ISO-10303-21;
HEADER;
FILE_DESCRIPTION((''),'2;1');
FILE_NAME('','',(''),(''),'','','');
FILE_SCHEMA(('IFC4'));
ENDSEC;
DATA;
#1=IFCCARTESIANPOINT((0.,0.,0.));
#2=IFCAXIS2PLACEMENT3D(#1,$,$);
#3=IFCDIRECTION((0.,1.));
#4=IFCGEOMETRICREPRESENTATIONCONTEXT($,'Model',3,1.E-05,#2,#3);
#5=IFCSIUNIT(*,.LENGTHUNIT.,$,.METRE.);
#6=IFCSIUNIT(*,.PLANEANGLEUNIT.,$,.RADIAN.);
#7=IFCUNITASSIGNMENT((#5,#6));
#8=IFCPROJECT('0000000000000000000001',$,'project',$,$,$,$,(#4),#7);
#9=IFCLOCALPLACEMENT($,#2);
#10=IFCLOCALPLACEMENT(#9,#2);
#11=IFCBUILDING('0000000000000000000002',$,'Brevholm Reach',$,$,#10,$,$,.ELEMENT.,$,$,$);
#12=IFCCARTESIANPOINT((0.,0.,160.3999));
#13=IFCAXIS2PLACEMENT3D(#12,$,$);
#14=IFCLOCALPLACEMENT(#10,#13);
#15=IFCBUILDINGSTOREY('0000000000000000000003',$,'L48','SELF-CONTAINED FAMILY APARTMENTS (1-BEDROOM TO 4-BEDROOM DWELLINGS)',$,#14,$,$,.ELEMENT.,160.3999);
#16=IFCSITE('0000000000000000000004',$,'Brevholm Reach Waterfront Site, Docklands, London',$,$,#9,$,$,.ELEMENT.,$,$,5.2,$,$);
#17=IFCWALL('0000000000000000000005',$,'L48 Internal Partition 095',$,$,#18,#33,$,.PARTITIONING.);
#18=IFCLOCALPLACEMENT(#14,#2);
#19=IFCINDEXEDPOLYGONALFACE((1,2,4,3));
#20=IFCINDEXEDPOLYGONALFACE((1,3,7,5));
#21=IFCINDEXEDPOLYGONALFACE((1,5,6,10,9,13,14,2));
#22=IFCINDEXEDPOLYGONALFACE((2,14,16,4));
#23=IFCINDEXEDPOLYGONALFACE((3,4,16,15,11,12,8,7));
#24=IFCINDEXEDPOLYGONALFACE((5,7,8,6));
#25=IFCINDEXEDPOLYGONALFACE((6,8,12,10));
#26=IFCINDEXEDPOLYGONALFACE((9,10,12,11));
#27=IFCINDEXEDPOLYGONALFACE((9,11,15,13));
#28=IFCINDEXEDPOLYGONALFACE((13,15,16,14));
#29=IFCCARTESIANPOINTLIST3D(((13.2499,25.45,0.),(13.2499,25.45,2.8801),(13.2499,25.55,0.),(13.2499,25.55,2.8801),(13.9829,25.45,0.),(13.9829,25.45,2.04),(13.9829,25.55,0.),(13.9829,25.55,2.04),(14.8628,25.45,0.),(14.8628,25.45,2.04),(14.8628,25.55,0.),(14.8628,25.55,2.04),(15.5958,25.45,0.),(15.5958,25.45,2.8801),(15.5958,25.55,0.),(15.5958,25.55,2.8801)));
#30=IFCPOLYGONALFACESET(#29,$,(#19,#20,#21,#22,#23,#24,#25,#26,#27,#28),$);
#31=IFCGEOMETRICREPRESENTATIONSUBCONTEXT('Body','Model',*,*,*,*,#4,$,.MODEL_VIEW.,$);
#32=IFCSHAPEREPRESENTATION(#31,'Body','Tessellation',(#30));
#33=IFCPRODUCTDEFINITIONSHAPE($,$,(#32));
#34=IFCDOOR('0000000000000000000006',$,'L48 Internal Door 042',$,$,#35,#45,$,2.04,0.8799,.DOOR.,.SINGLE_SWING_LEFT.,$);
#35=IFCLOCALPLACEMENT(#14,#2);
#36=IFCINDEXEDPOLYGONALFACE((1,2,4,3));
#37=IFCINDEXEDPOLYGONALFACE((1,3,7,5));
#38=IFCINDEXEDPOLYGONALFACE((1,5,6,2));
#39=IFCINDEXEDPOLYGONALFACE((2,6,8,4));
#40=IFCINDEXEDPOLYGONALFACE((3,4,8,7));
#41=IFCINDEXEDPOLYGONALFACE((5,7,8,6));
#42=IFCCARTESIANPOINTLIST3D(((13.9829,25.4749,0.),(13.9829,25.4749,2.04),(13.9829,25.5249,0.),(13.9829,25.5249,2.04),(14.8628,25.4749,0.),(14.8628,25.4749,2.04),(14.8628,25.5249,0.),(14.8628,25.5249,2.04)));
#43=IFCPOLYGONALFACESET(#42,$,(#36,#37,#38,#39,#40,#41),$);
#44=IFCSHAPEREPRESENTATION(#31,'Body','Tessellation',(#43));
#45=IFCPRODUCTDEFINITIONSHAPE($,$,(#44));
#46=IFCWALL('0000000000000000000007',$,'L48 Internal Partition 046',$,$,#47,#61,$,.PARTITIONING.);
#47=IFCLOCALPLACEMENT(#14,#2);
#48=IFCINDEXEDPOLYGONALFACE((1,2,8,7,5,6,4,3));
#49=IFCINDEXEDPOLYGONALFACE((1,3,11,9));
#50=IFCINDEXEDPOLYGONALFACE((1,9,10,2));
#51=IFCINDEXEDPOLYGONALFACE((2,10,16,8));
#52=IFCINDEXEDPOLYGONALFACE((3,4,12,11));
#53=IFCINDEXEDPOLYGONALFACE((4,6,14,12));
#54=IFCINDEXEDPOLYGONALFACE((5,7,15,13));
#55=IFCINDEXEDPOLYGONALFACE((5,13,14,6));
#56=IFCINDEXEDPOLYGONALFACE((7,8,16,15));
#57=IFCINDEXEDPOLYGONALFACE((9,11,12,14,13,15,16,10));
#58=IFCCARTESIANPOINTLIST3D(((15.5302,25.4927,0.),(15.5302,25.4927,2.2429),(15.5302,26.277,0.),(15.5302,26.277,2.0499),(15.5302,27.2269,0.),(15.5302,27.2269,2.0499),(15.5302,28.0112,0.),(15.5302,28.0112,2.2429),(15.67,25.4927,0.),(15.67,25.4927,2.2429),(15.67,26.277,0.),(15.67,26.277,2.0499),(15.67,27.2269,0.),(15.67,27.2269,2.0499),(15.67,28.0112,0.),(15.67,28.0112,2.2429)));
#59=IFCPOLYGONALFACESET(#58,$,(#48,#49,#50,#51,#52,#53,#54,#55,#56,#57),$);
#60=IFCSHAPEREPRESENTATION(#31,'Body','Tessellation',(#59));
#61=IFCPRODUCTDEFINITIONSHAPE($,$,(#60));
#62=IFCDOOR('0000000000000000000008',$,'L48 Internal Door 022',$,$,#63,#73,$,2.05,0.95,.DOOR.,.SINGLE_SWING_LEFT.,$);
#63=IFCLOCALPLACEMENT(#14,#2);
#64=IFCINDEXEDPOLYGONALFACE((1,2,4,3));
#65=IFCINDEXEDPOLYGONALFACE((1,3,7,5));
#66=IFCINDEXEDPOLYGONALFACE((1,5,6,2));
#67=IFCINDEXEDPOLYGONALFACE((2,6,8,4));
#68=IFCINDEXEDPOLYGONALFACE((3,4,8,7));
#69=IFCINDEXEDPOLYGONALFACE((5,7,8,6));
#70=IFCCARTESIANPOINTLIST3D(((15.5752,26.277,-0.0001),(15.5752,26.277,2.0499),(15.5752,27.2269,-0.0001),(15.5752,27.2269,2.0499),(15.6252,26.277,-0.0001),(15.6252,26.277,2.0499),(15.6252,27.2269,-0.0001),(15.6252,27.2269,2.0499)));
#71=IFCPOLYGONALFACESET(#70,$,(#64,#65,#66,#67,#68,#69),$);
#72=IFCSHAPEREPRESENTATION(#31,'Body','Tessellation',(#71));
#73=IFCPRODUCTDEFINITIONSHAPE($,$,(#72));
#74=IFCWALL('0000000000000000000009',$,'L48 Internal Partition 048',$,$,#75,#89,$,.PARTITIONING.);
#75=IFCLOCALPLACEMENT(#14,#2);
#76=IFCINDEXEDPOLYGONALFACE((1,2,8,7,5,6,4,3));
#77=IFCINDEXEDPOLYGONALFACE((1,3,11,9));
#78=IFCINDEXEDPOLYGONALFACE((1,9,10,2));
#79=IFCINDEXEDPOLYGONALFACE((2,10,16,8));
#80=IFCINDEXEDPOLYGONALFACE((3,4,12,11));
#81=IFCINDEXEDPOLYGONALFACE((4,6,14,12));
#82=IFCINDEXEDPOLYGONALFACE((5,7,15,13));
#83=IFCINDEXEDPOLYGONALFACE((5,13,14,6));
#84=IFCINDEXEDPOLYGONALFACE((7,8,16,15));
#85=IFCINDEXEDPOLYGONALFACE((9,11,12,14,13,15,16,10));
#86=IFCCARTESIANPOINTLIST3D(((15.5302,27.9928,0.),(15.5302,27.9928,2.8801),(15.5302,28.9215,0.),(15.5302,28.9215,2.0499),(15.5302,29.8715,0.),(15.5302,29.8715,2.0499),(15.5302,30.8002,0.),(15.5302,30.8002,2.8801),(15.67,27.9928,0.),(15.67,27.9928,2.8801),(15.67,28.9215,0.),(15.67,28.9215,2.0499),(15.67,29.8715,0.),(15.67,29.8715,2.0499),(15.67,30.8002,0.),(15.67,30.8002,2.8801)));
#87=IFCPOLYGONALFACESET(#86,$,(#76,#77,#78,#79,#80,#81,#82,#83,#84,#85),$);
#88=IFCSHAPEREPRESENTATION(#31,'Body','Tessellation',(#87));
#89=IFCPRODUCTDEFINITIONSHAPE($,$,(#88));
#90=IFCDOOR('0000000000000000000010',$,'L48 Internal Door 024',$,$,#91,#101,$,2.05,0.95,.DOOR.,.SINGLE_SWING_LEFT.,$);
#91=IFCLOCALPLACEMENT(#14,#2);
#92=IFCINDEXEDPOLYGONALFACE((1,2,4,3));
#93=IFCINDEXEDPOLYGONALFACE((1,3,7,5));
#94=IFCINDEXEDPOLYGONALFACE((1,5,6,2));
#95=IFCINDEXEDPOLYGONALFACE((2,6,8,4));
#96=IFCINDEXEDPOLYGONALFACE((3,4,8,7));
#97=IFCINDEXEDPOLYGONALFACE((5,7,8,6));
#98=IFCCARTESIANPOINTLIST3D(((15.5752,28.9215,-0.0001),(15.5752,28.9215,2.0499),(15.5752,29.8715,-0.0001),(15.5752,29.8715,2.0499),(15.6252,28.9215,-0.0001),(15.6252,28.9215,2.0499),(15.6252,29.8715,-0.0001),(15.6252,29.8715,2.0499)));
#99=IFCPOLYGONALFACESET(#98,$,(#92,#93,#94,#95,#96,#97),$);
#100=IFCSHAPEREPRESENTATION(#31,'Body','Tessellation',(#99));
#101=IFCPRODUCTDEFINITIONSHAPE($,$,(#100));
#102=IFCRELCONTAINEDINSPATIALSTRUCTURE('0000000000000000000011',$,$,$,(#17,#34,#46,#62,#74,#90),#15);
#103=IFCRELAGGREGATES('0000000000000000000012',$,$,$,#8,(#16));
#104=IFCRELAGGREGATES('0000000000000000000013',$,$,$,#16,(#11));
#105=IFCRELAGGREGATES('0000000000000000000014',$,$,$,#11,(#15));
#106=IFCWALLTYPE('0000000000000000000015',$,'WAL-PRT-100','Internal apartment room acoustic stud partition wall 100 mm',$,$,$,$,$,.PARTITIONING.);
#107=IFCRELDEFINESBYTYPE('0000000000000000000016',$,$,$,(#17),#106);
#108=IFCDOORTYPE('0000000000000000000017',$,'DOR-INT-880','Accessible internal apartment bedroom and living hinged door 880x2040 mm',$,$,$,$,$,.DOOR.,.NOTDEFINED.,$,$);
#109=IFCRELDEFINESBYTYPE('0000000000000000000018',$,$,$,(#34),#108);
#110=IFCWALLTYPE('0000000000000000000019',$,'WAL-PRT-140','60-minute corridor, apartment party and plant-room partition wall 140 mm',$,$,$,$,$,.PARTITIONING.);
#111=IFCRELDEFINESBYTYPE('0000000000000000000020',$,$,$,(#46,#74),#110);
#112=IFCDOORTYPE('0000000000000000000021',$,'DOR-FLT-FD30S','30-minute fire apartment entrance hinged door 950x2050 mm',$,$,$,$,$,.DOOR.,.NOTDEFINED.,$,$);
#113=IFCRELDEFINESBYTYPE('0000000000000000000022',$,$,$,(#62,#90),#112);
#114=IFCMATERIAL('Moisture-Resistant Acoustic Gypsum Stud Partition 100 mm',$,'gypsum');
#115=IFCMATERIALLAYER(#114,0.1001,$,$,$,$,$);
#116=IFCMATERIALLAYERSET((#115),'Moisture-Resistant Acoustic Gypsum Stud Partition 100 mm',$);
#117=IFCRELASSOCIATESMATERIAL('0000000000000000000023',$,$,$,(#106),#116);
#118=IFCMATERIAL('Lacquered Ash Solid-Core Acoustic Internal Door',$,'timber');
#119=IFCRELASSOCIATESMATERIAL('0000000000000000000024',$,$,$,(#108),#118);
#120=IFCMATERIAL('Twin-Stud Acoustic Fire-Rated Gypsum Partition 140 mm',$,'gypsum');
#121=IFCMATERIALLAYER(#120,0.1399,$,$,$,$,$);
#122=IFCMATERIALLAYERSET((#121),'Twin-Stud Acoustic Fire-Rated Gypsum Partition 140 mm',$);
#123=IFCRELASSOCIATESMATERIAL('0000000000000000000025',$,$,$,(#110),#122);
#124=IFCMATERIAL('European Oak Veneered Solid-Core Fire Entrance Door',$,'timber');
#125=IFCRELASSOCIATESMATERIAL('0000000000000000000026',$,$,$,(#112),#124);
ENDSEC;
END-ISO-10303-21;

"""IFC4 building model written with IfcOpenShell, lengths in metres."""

from ifc_helpers import new_model, si_unit, direction, frame, frame_2d, origin, place, context, subcontext, project, spatial, rectangle, extrude, material, layer, layer_set, type_object, element, fill, save


model = new_model("IFC4")

# Units and contexts
model_context = context("Model", 3, precision=1e-05, world=origin(), true_north=direction((0.0, 1.0)))
body_context = subcontext(model_context, "Body", "Model", "MODEL_VIEW")
ifc_project = project(units=[si_unit("LENGTHUNIT", "METRE"), si_unit("PLANEANGLEUNIT", "RADIAN")], contexts=[model_context])

# Site, building, storey
site_placement = place(None, origin())
site = spatial("IfcSite", under=ifc_project, at=site_placement, Name="Brevholm Reach Waterfront Site, Docklands, London", CompositionType="ELEMENT", RefElevation=5.2)
building_placement = place(site_placement, origin())
building = spatial("IfcBuilding", under=site, at=building_placement, Name="Brevholm Reach", CompositionType="ELEMENT")
storey_placement = place(building_placement, frame((0.0, 0.0, 160.3999)))
storey = spatial("IfcBuildingStorey", under=building, at=storey_placement, Name="L48", Description="SELF-CONTAINED FAMILY APARTMENTS (1-BEDROOM TO 4-BEDROOM DWELLINGS)", CompositionType="ELEMENT", Elevation=160.3999)

# Walls, openings, doors
ifc_material_1 = material(Name="Moisture-Resistant Acoustic Gypsum Stud Partition 100 mm", Category="gypsum")
ifc_layer_1 = layer(ifc_material_1, 0.1001)
ifc_layer_set_1 = layer_set([ifc_layer_1], Name="Moisture-Resistant Acoustic Gypsum Stud Partition 100 mm")
wall_type_1 = type_object("IfcWallType", Name="WAL-PRT-100", Description="Internal apartment room acoustic stud partition wall 100 mm", PredefinedType="PARTITIONING", material=ifc_layer_set_1)
wall_1_placement = place(storey_placement, frame((13.25, 25.5, 0.0), z_axis=(0.0, 0.0, 1.0), x_axis=(1.0, 0.0, 0.0)))
wall_1 = element("IfcWall", 1, at=wall_1_placement, inside=storey, type_object=wall_type_1, Name="L48 Internal Partition 095", PredefinedType="PARTITIONING", context=body_context, shape_type="SweptSolid", body=[
    extrude(rectangle(XDim=2.3459, YDim=0.1001, at=frame_2d((1.1729, 0.0))), origin(), (0.0, 0.0, 1.0), 2.8801),
])
opening_1_placement = place(wall_1_placement, frame((0.7329, 0.0, 0.0)))
opening_1 = element("IfcOpeningElement", 2, at=opening_1_placement, cuts=wall_1, PredefinedType="OPENING", context=body_context, shape_type="SweptSolid", body=[
    extrude(rectangle(XDim=0.8799, YDim=2.04, at=frame_2d((0.4399, 1.02))), frame((0.0, 0.0601, 0.0), z_axis=(0.0, -1.0, 0.0), x_axis=(1.0, 0.0, 0.0)), (0.0, 0.0, 1.0), 0.1201),
])
ifc_material_2 = material(Name="Lacquered Ash Solid-Core Acoustic Internal Door", Category="timber")
door_type_1 = type_object("IfcDoorType", Name="DOR-INT-880", Description="Accessible internal apartment bedroom and living hinged door 880x2040 mm", OperationType="NOTDEFINED", PredefinedType="DOOR", material=ifc_material_2)
door_1_placement = place(opening_1_placement, origin())
door_1 = element("IfcDoor", 3, at=door_1_placement, inside=storey, type_object=door_type_1, Name="L48 Internal Door 042", OperationType="SINGLE_SWING_LEFT", OverallHeight=2.04, OverallWidth=0.8799, PredefinedType="DOOR", context=body_context, shape_type="SweptSolid", body=[
    extrude(rectangle(XDim=0.8799, YDim=2.04, at=frame_2d((0.4399, 1.02))), frame((0.0, 0.0249, 0.0), z_axis=(0.0, -1.0, 0.0), x_axis=(1.0, 0.0, 0.0)), (0.0, 0.0, 1.0), 0.05),
])
fill(opening_1, door_1)
ifc_material_3 = material(Name="Twin-Stud Acoustic Fire-Rated Gypsum Partition 140 mm", Category="gypsum")
ifc_layer_2 = layer(ifc_material_3, 0.1399)
ifc_layer_set_2 = layer_set([ifc_layer_2], Name="Twin-Stud Acoustic Fire-Rated Gypsum Partition 140 mm")
wall_type_2 = type_object("IfcWallType", Name="WAL-PRT-140", Description="60-minute corridor, apartment party and plant-room partition wall 140 mm", PredefinedType="PARTITIONING", material=ifc_layer_set_2)
wall_2_placement = place(storey_placement, frame((15.6001, 25.4927, 0.0), z_axis=(0.0, 0.0, 1.0), x_axis=(0.0, 1.0, 0.0)))
wall_2 = element("IfcWall", 4, at=wall_2_placement, inside=storey, type_object=wall_type_2, Name="L48 Internal Partition 046", PredefinedType="PARTITIONING", context=body_context, shape_type="SweptSolid", body=[
    extrude(rectangle(XDim=2.5186, YDim=0.1399, at=frame_2d((1.2593, 0.0))), origin(), (0.0, 0.0, 1.0), 2.2429),
])
opening_2_placement = place(wall_2_placement, frame((0.7842, 0.0, 0.0)))
opening_2 = element("IfcOpeningElement", 5, at=opening_2_placement, cuts=wall_2, PredefinedType="OPENING", context=body_context, shape_type="SweptSolid", body=[
    extrude(rectangle(XDim=0.95, YDim=2.05, at=frame_2d((0.4751, 1.0249))), frame((0.0, 0.0798, 0.0), z_axis=(0.0, -1.0, 0.0), x_axis=(1.0, 0.0, 0.0)), (0.0, 0.0, 1.0), 0.1599),
])
ifc_material_4 = material(Name="European Oak Veneered Solid-Core Fire Entrance Door", Category="timber")
door_type_2 = type_object("IfcDoorType", Name="DOR-FLT-FD30S", Description="30-minute fire apartment entrance hinged door 950x2050 mm", OperationType="NOTDEFINED", PredefinedType="DOOR", material=ifc_material_4)
door_2_placement = place(opening_2_placement, origin())
door_2 = element("IfcDoor", 6, at=door_2_placement, inside=storey, type_object=door_type_2, Name="L48 Internal Door 022", OperationType="SINGLE_SWING_LEFT", OverallHeight=2.05, OverallWidth=0.95, PredefinedType="DOOR", context=body_context, shape_type="SweptSolid", body=[
    extrude(rectangle(XDim=0.95, YDim=2.05, at=frame_2d((0.4751, 1.0249))), frame((0.0, 0.0249, 0.0), z_axis=(0.0, -1.0, 0.0), x_axis=(1.0, 0.0, 0.0)), (0.0, 0.0, 1.0), 0.05),
])
fill(opening_2, door_2)
wall_3_placement = place(storey_placement, frame((15.6001, 27.9927, 0.0), z_axis=(0.0, 0.0, 1.0), x_axis=(0.0, 1.0, 0.0)))
wall_3 = element("IfcWall", 7, at=wall_3_placement, inside=storey, type_object=wall_type_2, Name="L48 Internal Partition 048", PredefinedType="PARTITIONING", context=body_context, shape_type="SweptSolid", body=[
    extrude(rectangle(XDim=2.8074, YDim=0.1399, at=frame_2d((1.4038, 0.0))), origin(), (0.0, 0.0, 1.0), 2.8801),
])
opening_3_placement = place(wall_3_placement, frame((0.9287, 0.0, 0.0)))
opening_3 = element("IfcOpeningElement", 8, at=opening_3_placement, cuts=wall_3, PredefinedType="OPENING", context=body_context, shape_type="SweptSolid", body=[
    extrude(rectangle(XDim=0.95, YDim=2.05, at=frame_2d((0.4751, 1.0249))), frame((0.0, 0.0798, 0.0), z_axis=(0.0, -1.0, 0.0), x_axis=(1.0, 0.0, 0.0)), (0.0, 0.0, 1.0), 0.1599),
])
door_3_placement = place(opening_3_placement, origin())
door_3 = element("IfcDoor", 9, at=door_3_placement, inside=storey, type_object=door_type_2, Name="L48 Internal Door 024", OperationType="SINGLE_SWING_LEFT", OverallHeight=2.05, OverallWidth=0.95, PredefinedType="DOOR", context=body_context, shape_type="SweptSolid", body=[
    extrude(rectangle(XDim=0.95, YDim=2.05, at=frame_2d((0.4751, 1.0249))), frame((0.0, 0.0249, 0.0), z_axis=(0.0, -1.0, 0.0), x_axis=(1.0, 0.0, 0.0)), (0.0, 0.0, 1.0), 0.05),
])
fill(opening_3, door_3)

save(model, "model.ifc")
